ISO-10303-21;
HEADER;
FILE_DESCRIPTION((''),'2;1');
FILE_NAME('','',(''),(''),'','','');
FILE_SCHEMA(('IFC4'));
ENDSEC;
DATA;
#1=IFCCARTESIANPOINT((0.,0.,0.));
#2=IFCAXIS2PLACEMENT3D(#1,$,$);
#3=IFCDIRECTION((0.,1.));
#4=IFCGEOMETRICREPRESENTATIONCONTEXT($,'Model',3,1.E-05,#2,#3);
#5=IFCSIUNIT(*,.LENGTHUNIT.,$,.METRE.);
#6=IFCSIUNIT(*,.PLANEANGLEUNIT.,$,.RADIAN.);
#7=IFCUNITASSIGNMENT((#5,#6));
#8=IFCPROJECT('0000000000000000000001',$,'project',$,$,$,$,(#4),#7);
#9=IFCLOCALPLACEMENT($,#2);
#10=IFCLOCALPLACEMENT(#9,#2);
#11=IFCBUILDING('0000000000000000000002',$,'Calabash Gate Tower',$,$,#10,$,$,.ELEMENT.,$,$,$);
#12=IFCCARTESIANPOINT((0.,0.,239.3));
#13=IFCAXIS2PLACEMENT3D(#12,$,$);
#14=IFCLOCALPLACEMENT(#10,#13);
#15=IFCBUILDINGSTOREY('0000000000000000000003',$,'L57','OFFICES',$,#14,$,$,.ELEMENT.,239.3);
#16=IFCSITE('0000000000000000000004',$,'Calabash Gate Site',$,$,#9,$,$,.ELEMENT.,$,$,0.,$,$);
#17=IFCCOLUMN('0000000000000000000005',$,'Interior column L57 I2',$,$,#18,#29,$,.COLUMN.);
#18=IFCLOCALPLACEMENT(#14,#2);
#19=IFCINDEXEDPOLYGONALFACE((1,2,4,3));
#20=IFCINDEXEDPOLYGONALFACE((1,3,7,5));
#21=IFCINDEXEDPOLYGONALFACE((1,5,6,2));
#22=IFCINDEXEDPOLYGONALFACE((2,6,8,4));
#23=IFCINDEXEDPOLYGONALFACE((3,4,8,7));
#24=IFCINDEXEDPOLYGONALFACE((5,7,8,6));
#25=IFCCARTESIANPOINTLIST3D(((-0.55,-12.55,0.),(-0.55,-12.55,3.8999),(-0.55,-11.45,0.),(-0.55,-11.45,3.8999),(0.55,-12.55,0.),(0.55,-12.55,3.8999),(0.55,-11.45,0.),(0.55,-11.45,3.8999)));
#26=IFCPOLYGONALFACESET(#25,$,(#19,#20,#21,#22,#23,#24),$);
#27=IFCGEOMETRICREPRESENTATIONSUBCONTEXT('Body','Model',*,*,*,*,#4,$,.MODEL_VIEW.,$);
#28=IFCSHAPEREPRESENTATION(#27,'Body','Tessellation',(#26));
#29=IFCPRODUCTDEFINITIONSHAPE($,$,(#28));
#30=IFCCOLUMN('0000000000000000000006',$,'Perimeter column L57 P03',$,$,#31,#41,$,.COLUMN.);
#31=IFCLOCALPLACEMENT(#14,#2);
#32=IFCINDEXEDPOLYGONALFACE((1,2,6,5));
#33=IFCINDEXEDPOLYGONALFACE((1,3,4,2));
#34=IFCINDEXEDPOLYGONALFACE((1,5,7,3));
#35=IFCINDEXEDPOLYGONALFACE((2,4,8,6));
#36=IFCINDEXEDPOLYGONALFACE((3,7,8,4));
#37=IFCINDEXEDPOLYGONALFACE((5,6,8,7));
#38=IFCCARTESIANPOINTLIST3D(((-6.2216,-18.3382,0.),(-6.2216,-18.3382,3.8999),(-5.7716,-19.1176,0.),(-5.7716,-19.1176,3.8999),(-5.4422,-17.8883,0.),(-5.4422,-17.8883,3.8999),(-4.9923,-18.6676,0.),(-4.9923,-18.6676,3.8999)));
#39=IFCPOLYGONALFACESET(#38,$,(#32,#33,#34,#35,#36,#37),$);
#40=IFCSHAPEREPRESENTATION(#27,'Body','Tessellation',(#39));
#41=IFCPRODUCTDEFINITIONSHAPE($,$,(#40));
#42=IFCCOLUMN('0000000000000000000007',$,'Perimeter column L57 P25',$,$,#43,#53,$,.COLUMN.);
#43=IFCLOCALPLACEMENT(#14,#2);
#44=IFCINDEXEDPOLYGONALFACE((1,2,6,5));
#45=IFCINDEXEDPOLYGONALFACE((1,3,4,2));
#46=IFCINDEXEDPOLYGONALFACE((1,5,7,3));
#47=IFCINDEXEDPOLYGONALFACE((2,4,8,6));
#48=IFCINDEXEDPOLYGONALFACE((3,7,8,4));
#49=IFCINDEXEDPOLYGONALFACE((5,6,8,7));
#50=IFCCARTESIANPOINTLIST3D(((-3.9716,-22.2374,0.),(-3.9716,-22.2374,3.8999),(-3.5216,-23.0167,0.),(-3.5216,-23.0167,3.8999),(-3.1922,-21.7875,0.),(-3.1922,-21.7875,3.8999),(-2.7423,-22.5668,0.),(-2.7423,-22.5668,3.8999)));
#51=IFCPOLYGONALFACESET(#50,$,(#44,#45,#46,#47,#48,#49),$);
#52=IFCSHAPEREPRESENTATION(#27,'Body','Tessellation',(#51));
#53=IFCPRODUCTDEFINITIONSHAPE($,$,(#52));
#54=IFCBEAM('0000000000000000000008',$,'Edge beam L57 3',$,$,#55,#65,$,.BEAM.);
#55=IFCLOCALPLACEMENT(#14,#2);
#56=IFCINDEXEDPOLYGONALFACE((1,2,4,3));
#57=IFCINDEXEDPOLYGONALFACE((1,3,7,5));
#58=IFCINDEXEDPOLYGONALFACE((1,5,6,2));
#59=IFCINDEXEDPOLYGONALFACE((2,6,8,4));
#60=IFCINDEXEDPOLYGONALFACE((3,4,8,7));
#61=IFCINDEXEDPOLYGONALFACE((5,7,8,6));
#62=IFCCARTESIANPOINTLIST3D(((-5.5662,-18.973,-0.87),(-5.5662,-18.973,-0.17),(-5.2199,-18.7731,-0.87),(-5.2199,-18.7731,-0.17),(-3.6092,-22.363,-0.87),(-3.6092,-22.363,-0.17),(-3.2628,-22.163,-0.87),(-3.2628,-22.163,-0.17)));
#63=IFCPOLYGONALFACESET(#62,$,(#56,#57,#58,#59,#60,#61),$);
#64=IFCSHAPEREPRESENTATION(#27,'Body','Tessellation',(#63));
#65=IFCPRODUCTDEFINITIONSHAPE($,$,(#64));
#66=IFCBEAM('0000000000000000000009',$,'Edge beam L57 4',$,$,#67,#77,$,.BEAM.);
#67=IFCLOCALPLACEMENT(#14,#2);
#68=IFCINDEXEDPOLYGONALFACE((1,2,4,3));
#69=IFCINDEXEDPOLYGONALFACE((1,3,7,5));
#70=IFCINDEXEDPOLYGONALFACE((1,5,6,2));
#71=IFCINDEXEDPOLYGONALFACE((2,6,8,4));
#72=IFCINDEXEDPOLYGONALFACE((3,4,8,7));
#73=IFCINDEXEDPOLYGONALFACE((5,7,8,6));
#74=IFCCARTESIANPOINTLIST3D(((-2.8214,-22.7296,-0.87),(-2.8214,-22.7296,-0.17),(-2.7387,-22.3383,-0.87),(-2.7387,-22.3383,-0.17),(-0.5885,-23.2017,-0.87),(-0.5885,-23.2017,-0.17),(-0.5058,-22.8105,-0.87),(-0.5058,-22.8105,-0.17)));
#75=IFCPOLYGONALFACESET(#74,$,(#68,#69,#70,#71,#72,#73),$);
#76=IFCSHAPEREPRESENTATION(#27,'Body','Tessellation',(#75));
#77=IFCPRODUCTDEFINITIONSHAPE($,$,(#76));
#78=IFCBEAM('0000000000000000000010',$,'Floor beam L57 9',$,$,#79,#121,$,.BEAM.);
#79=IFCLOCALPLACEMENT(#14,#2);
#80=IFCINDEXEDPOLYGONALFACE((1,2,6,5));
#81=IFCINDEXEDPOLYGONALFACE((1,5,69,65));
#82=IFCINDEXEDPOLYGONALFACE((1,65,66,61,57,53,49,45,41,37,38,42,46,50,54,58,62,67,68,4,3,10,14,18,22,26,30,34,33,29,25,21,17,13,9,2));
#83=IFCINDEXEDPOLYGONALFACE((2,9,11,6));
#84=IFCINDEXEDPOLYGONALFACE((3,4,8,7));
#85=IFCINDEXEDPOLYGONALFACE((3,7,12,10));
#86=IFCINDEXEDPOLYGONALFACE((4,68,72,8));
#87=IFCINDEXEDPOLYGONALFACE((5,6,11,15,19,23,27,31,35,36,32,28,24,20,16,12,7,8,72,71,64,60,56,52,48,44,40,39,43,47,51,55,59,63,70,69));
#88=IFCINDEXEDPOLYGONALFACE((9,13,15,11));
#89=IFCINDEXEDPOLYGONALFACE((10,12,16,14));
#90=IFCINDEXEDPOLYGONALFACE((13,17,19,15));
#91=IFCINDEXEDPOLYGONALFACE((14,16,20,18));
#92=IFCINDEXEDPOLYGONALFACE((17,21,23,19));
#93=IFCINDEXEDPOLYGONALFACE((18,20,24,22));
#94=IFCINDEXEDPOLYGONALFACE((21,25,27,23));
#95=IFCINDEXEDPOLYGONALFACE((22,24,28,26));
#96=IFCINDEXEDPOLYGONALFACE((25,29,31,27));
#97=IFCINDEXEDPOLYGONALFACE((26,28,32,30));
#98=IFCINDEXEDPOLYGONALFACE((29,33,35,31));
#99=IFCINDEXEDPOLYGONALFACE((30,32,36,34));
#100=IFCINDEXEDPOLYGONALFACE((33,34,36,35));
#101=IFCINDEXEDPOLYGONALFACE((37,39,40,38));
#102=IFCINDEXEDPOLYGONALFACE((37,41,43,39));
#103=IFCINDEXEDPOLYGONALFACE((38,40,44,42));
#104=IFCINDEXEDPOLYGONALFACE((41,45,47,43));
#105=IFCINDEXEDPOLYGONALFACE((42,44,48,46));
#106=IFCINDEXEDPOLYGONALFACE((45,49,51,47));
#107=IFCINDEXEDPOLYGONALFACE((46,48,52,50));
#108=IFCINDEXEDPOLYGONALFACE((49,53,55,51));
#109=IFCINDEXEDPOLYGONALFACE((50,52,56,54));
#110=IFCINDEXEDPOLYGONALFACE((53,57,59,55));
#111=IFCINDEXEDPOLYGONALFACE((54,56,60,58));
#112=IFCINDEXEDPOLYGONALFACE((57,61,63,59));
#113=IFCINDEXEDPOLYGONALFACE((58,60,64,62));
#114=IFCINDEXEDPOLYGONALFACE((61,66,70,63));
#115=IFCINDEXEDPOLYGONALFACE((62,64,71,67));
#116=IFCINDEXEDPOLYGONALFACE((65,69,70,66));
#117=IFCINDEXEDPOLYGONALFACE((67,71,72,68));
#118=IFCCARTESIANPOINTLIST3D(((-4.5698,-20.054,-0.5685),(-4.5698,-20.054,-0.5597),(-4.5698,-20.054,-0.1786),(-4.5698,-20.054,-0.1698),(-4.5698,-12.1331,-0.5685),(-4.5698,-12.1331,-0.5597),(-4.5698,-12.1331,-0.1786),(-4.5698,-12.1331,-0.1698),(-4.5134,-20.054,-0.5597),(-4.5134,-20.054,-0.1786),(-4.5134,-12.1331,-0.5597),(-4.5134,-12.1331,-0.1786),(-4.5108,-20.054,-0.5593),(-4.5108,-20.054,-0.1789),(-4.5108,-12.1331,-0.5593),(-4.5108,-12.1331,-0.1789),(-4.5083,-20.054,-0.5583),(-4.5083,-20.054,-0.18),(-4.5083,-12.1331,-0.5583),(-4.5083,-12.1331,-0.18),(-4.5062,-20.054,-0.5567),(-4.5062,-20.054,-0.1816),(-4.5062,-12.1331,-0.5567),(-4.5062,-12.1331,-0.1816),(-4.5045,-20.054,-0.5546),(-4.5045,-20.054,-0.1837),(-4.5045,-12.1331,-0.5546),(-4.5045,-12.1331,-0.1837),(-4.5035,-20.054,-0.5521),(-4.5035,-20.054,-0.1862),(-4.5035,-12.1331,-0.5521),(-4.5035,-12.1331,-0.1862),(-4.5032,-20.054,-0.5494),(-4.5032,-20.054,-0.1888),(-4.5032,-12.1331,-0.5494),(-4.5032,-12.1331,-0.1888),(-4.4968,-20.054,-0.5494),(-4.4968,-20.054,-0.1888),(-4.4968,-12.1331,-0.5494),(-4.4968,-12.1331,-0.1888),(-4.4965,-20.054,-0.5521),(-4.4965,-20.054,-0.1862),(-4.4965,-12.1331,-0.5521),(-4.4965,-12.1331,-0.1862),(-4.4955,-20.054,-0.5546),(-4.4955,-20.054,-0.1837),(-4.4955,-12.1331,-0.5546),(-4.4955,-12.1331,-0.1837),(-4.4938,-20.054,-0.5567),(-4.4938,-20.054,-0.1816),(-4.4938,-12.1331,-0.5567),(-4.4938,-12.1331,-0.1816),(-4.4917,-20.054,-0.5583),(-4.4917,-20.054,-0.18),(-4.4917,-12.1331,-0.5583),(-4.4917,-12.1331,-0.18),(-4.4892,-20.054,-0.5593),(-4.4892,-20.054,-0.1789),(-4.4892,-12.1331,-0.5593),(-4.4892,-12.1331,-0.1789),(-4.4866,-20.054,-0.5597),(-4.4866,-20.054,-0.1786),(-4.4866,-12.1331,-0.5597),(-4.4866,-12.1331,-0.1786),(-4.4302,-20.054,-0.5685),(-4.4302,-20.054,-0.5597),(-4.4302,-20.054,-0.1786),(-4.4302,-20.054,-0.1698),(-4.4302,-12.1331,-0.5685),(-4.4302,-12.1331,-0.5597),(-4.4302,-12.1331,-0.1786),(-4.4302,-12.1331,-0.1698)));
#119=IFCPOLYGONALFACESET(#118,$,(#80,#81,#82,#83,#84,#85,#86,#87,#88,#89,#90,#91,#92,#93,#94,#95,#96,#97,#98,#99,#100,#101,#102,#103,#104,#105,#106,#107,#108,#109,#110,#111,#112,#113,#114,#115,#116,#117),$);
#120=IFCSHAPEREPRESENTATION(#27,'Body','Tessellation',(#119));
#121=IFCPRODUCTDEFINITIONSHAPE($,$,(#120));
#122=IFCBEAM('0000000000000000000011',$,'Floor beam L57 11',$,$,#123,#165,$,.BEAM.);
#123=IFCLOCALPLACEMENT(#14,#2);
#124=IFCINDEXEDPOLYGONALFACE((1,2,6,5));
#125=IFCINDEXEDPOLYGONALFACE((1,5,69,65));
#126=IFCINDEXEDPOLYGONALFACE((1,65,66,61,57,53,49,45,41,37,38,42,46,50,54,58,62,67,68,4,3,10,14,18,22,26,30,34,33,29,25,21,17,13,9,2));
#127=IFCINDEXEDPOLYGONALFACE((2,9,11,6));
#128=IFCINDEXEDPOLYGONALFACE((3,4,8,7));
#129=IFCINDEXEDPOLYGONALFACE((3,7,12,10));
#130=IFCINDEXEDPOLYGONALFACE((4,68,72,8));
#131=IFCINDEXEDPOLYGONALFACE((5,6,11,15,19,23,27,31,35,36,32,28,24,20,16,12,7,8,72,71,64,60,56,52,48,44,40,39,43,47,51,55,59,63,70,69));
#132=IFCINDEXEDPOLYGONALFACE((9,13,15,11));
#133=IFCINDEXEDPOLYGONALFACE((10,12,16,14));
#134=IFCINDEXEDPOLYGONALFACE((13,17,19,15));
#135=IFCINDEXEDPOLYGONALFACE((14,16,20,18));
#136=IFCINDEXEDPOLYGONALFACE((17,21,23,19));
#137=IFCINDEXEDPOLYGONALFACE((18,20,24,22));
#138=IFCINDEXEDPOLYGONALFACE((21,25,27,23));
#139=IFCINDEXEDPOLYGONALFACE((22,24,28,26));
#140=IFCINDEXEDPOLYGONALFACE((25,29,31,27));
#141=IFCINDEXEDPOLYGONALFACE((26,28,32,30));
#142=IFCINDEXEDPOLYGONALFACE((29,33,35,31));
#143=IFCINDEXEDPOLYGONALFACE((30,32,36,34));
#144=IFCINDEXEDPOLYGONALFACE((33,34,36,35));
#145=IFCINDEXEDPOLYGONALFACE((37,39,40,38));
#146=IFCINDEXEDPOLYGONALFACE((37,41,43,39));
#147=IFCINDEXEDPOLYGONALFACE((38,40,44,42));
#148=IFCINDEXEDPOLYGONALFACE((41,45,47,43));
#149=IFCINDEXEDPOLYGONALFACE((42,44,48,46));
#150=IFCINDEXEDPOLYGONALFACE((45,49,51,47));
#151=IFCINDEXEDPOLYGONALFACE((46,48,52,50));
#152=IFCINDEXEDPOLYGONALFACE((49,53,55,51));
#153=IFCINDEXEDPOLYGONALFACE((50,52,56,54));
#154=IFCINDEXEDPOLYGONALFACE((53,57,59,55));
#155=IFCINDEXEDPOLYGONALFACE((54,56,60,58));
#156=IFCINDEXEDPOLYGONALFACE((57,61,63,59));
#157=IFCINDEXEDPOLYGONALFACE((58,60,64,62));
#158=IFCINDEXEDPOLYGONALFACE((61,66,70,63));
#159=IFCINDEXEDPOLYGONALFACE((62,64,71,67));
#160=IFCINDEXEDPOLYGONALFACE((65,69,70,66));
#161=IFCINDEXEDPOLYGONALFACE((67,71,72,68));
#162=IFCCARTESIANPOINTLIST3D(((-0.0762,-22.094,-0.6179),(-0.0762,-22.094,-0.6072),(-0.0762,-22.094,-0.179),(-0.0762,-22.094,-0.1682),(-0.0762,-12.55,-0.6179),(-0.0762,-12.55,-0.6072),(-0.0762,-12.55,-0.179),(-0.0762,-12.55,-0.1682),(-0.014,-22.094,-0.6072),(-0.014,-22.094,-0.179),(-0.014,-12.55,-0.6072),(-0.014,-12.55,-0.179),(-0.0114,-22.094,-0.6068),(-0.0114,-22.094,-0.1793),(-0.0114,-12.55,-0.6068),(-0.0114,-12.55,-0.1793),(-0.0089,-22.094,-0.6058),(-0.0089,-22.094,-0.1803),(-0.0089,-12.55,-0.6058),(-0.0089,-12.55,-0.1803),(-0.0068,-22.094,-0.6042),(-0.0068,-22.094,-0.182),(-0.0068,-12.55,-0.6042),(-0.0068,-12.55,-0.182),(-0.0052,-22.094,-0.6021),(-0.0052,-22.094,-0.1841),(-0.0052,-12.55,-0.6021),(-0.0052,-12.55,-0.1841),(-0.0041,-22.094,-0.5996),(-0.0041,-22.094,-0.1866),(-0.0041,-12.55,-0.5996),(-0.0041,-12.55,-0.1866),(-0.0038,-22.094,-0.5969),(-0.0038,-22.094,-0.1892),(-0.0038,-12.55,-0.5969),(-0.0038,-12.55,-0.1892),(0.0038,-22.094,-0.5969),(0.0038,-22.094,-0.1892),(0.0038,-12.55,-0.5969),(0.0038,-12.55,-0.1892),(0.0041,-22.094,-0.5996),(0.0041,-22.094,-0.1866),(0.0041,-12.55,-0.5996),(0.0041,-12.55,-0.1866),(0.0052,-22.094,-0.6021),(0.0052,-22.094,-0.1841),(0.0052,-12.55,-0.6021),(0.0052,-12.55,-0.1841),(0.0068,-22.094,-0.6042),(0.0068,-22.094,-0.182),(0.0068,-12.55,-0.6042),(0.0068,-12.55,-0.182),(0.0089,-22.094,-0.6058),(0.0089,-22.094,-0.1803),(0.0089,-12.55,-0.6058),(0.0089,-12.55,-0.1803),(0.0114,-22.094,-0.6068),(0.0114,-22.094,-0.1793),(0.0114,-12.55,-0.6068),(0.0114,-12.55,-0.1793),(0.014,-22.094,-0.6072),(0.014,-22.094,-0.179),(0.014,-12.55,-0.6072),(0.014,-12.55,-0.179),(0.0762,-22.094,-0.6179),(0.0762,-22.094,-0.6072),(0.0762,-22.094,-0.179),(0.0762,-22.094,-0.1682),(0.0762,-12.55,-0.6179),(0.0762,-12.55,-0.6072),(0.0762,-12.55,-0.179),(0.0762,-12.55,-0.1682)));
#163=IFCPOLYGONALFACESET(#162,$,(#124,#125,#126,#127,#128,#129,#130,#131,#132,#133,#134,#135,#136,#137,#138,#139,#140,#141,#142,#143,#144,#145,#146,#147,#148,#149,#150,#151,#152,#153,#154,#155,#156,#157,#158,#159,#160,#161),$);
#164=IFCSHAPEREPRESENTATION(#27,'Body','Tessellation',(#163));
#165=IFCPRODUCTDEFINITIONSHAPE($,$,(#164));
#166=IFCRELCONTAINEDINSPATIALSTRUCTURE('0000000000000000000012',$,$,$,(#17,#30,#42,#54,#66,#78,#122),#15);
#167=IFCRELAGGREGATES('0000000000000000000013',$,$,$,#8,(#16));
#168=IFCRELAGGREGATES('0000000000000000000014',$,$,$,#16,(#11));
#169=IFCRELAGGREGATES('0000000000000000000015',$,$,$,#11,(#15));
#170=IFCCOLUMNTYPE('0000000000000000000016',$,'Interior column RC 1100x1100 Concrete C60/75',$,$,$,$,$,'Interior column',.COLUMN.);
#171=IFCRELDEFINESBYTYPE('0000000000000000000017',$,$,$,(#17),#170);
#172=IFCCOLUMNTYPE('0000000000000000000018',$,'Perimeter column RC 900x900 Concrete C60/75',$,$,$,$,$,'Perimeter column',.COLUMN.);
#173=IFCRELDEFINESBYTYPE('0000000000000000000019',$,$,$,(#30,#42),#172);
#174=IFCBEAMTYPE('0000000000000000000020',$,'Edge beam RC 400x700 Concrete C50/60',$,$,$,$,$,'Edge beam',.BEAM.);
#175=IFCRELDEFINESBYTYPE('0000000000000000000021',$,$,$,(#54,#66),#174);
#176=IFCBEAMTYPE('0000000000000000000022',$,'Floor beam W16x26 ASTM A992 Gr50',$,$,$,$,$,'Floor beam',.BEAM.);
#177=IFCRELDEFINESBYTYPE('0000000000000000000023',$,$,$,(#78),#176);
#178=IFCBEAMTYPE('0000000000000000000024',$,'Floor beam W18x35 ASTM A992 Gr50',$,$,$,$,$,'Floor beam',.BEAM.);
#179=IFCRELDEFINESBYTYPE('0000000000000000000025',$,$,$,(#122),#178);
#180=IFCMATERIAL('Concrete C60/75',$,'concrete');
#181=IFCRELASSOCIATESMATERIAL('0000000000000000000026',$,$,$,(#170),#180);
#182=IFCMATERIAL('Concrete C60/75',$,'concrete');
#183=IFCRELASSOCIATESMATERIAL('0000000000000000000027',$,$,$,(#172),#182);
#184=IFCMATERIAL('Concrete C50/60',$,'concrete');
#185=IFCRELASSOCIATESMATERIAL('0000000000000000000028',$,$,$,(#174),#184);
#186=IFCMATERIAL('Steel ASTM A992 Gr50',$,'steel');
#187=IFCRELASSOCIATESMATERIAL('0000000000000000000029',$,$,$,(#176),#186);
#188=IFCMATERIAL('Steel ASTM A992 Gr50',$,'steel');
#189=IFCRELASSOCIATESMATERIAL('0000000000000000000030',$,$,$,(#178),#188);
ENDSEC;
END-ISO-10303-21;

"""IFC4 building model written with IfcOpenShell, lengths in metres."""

from ifc_helpers import new_model, si_unit, direction, frame, origin, origin_2d, place, context, subcontext, project, spatial, rectangle, i_section, extrude, material, material_profile, profile_set, type_object, element, save


model = new_model("IFC4")

# Units and contexts
model_context = context("Model", 3, precision=1e-05, world=origin(), true_north=direction((0.0, 1.0)))
body_context = subcontext(model_context, "Body", "Model", "MODEL_VIEW")
ifc_project = project(units=[si_unit("LENGTHUNIT", "METRE"), si_unit("PLANEANGLEUNIT", "RADIAN")], contexts=[model_context])

# Site, building, storey
site_placement = place(None, origin())
site = spatial("IfcSite", under=ifc_project, at=site_placement, Name="Calabash Gate Site", CompositionType="ELEMENT", RefElevation=0.0)
building_placement = place(site_placement, origin())
building = spatial("IfcBuilding", under=site, at=building_placement, Name="Calabash Gate Tower", CompositionType="ELEMENT")
storey_placement = place(building_placement, frame((0.0, 0.0, 239.3)))
storey = spatial("IfcBuildingStorey", under=building, at=storey_placement, Name="L57", Description="OFFICES", CompositionType="ELEMENT", Elevation=239.3)

# Columns
ifc_material_1 = material(Name="Concrete C60/75", Category="concrete")
ifc_material_profile_1 = material_profile(ifc_material_1, rectangle(XDim=1.1001, YDim=1.1001, at=origin_2d()))
ifc_profile_set_1 = profile_set([ifc_material_profile_1], Name="Concrete C60/75")
column_type_1 = type_object("IfcColumnType", Name="Interior column RC 1100x1100 Concrete C60/75", ElementType="Interior column", PredefinedType="COLUMN", material=ifc_profile_set_1)
column_placement = place(storey_placement, frame((0.0, -12.0, 0.0), z_axis=(0.0, 0.0, 1.0), x_axis=(1.0, 0.0, 0.0)))
element("IfcColumn", 1, at=column_placement, inside=storey, type_object=column_type_1, Name="Interior column L57 I2", PredefinedType="COLUMN", context=body_context, shape_type="SweptSolid", body=[
    extrude(rectangle(XDim=1.1001, YDim=1.1001, at=origin_2d()), origin(), (0.0, 0.0, 1.0), 3.8999),
])
ifc_material_2 = material(Name="Concrete C60/75", Category="concrete")
ifc_material_profile_2 = material_profile(ifc_material_2, rectangle(XDim=0.8999, YDim=0.8999, at=origin_2d()))
ifc_profile_set_2 = profile_set([ifc_material_profile_2], Name="Concrete C60/75")
column_type_2 = type_object("IfcColumnType", Name="Perimeter column RC 900x900 Concrete C60/75", ElementType="Perimeter column", PredefinedType="COLUMN", material=ifc_profile_set_2)
for number, where, z_axis, x_axis, name in (
    (2, (-5.6069, -18.5029, 0.0), (0.0, 0.0, 1.0), (0.5, -0.866025, 0.0), "Perimeter column L57 P03"),
    (3, (-3.3569, -22.4021, 0.0), (0.0, 0.0, 1.0), (0.5, -0.866025, 0.0), "Perimeter column L57 P25"),
):
    element("IfcColumn", number, at=place(storey_placement, frame(where, z_axis=z_axis, x_axis=x_axis)), inside=storey, type_object=column_type_2, Name=name, PredefinedType="COLUMN", context=body_context, shape_type="SweptSolid", body=[
        extrude(rectangle(XDim=0.8999, YDim=0.8999, at=origin_2d()), origin(), (0.0, 0.0, 1.0), 3.8999),
    ])

# Beams
ifc_material_3 = material(Name="Concrete C50/60", Category="concrete")
ifc_material_profile_3 = material_profile(ifc_material_3, rectangle(XDim=0.3999, YDim=0.7, at=origin_2d()))
ifc_profile_set_3 = profile_set([ifc_material_profile_3], Name="Concrete C50/60")
beam_type_1 = type_object("IfcBeamType", Name="Edge beam RC 400x700 Concrete C50/60", ElementType="Edge beam", PredefinedType="BEAM", material=ifc_profile_set_3)
beam_1_placement = place(storey_placement, frame((-5.3931, -18.873, -0.52), z_axis=(0.499976, -0.866039, 0.0), x_axis=(0.866039, 0.499976, 0.0)))
element("IfcBeam", 4, at=beam_1_placement, inside=storey, type_object=beam_type_1, Name="Edge beam L57 3", PredefinedType="BEAM", context=body_context, shape_type="SweptSolid", body=[
    extrude(rectangle(XDim=0.3999, YDim=0.7, at=origin_2d()), origin(), (0.0, 0.0, 1.0), 3.9143),
])
beam_2_placement = place(storey_placement, frame((-2.78, -22.5339, -0.52), z_axis=(0.978366, -0.206884, 0.0), x_axis=(0.206884, 0.978366, 0.0)))
element("IfcBeam", 5, at=beam_2_placement, inside=storey, type_object=beam_type_1, Name="Edge beam L57 4", PredefinedType="BEAM", context=body_context, shape_type="SweptSolid", body=[
    extrude(rectangle(XDim=0.3999, YDim=0.7, at=origin_2d()), origin(), (0.0, 0.0, 1.0), 2.2822),
])
ifc_material_4 = material(Name="Steel ASTM A992 Gr50", Category="steel")
ifc_material_profile_4 = material_profile(ifc_material_4, i_section(OverallWidth=0.1396, OverallDepth=0.3987, WebThickness=0.0063, FlangeThickness=0.0088, FilletRadius=0.0103, at=origin_2d()))
ifc_profile_set_4 = profile_set([ifc_material_profile_4], Name="Steel ASTM A992 Gr50")
beam_type_2 = type_object("IfcBeamType", Name="Floor beam W16x26 ASTM A992 Gr50", ElementType="Floor beam", PredefinedType="BEAM", material=ifc_profile_set_4)
beam_3_placement = place(storey_placement, frame((-4.5, -20.054, -0.3691), z_axis=(0.0, 1.0, 0.0), x_axis=(-1.0, 0.0, 0.0)))
element("IfcBeam", 6, at=beam_3_placement, inside=storey, type_object=beam_type_2, Name="Floor beam L57 9", PredefinedType="BEAM", context=body_context, shape_type="SweptSolid", body=[
    extrude(i_section(OverallWidth=0.1396, OverallDepth=0.3987, WebThickness=0.0063, FlangeThickness=0.0088, FilletRadius=0.0103, at=origin_2d()), origin(), (0.0, 0.0, 1.0), 7.9209),
])
ifc_material_5 = material(Name="Steel ASTM A992 Gr50", Category="steel")
ifc_material_profile_5 = material_profile(ifc_material_5, i_section(OverallWidth=0.1523, OverallDepth=0.4497, WebThickness=0.0076, FlangeThickness=0.0107, FilletRadius=0.0103, at=origin_2d()))
ifc_profile_set_5 = profile_set([ifc_material_profile_5], Name="Steel ASTM A992 Gr50")
beam_type_3 = type_object("IfcBeamType", Name="Floor beam W18x35 ASTM A992 Gr50", ElementType="Floor beam", PredefinedType="BEAM", material=ifc_profile_set_5)
beam_4_placement = place(storey_placement, frame((0.0, -22.094, -0.3931), z_axis=(0.0, 1.0, 0.0), x_axis=(-1.0, 0.0, 0.0)))
element("IfcBeam", 7, at=beam_4_placement, inside=storey, type_object=beam_type_3, Name="Floor beam L57 11", PredefinedType="BEAM", context=body_context, shape_type="SweptSolid", body=[
    extrude(i_section(OverallWidth=0.1523, OverallDepth=0.4497, WebThickness=0.0076, FlangeThickness=0.0107, FilletRadius=0.0103, at=origin_2d()), origin(), (0.0, 0.0, 1.0), 9.5439),
])

save(model, "model.ifc")
